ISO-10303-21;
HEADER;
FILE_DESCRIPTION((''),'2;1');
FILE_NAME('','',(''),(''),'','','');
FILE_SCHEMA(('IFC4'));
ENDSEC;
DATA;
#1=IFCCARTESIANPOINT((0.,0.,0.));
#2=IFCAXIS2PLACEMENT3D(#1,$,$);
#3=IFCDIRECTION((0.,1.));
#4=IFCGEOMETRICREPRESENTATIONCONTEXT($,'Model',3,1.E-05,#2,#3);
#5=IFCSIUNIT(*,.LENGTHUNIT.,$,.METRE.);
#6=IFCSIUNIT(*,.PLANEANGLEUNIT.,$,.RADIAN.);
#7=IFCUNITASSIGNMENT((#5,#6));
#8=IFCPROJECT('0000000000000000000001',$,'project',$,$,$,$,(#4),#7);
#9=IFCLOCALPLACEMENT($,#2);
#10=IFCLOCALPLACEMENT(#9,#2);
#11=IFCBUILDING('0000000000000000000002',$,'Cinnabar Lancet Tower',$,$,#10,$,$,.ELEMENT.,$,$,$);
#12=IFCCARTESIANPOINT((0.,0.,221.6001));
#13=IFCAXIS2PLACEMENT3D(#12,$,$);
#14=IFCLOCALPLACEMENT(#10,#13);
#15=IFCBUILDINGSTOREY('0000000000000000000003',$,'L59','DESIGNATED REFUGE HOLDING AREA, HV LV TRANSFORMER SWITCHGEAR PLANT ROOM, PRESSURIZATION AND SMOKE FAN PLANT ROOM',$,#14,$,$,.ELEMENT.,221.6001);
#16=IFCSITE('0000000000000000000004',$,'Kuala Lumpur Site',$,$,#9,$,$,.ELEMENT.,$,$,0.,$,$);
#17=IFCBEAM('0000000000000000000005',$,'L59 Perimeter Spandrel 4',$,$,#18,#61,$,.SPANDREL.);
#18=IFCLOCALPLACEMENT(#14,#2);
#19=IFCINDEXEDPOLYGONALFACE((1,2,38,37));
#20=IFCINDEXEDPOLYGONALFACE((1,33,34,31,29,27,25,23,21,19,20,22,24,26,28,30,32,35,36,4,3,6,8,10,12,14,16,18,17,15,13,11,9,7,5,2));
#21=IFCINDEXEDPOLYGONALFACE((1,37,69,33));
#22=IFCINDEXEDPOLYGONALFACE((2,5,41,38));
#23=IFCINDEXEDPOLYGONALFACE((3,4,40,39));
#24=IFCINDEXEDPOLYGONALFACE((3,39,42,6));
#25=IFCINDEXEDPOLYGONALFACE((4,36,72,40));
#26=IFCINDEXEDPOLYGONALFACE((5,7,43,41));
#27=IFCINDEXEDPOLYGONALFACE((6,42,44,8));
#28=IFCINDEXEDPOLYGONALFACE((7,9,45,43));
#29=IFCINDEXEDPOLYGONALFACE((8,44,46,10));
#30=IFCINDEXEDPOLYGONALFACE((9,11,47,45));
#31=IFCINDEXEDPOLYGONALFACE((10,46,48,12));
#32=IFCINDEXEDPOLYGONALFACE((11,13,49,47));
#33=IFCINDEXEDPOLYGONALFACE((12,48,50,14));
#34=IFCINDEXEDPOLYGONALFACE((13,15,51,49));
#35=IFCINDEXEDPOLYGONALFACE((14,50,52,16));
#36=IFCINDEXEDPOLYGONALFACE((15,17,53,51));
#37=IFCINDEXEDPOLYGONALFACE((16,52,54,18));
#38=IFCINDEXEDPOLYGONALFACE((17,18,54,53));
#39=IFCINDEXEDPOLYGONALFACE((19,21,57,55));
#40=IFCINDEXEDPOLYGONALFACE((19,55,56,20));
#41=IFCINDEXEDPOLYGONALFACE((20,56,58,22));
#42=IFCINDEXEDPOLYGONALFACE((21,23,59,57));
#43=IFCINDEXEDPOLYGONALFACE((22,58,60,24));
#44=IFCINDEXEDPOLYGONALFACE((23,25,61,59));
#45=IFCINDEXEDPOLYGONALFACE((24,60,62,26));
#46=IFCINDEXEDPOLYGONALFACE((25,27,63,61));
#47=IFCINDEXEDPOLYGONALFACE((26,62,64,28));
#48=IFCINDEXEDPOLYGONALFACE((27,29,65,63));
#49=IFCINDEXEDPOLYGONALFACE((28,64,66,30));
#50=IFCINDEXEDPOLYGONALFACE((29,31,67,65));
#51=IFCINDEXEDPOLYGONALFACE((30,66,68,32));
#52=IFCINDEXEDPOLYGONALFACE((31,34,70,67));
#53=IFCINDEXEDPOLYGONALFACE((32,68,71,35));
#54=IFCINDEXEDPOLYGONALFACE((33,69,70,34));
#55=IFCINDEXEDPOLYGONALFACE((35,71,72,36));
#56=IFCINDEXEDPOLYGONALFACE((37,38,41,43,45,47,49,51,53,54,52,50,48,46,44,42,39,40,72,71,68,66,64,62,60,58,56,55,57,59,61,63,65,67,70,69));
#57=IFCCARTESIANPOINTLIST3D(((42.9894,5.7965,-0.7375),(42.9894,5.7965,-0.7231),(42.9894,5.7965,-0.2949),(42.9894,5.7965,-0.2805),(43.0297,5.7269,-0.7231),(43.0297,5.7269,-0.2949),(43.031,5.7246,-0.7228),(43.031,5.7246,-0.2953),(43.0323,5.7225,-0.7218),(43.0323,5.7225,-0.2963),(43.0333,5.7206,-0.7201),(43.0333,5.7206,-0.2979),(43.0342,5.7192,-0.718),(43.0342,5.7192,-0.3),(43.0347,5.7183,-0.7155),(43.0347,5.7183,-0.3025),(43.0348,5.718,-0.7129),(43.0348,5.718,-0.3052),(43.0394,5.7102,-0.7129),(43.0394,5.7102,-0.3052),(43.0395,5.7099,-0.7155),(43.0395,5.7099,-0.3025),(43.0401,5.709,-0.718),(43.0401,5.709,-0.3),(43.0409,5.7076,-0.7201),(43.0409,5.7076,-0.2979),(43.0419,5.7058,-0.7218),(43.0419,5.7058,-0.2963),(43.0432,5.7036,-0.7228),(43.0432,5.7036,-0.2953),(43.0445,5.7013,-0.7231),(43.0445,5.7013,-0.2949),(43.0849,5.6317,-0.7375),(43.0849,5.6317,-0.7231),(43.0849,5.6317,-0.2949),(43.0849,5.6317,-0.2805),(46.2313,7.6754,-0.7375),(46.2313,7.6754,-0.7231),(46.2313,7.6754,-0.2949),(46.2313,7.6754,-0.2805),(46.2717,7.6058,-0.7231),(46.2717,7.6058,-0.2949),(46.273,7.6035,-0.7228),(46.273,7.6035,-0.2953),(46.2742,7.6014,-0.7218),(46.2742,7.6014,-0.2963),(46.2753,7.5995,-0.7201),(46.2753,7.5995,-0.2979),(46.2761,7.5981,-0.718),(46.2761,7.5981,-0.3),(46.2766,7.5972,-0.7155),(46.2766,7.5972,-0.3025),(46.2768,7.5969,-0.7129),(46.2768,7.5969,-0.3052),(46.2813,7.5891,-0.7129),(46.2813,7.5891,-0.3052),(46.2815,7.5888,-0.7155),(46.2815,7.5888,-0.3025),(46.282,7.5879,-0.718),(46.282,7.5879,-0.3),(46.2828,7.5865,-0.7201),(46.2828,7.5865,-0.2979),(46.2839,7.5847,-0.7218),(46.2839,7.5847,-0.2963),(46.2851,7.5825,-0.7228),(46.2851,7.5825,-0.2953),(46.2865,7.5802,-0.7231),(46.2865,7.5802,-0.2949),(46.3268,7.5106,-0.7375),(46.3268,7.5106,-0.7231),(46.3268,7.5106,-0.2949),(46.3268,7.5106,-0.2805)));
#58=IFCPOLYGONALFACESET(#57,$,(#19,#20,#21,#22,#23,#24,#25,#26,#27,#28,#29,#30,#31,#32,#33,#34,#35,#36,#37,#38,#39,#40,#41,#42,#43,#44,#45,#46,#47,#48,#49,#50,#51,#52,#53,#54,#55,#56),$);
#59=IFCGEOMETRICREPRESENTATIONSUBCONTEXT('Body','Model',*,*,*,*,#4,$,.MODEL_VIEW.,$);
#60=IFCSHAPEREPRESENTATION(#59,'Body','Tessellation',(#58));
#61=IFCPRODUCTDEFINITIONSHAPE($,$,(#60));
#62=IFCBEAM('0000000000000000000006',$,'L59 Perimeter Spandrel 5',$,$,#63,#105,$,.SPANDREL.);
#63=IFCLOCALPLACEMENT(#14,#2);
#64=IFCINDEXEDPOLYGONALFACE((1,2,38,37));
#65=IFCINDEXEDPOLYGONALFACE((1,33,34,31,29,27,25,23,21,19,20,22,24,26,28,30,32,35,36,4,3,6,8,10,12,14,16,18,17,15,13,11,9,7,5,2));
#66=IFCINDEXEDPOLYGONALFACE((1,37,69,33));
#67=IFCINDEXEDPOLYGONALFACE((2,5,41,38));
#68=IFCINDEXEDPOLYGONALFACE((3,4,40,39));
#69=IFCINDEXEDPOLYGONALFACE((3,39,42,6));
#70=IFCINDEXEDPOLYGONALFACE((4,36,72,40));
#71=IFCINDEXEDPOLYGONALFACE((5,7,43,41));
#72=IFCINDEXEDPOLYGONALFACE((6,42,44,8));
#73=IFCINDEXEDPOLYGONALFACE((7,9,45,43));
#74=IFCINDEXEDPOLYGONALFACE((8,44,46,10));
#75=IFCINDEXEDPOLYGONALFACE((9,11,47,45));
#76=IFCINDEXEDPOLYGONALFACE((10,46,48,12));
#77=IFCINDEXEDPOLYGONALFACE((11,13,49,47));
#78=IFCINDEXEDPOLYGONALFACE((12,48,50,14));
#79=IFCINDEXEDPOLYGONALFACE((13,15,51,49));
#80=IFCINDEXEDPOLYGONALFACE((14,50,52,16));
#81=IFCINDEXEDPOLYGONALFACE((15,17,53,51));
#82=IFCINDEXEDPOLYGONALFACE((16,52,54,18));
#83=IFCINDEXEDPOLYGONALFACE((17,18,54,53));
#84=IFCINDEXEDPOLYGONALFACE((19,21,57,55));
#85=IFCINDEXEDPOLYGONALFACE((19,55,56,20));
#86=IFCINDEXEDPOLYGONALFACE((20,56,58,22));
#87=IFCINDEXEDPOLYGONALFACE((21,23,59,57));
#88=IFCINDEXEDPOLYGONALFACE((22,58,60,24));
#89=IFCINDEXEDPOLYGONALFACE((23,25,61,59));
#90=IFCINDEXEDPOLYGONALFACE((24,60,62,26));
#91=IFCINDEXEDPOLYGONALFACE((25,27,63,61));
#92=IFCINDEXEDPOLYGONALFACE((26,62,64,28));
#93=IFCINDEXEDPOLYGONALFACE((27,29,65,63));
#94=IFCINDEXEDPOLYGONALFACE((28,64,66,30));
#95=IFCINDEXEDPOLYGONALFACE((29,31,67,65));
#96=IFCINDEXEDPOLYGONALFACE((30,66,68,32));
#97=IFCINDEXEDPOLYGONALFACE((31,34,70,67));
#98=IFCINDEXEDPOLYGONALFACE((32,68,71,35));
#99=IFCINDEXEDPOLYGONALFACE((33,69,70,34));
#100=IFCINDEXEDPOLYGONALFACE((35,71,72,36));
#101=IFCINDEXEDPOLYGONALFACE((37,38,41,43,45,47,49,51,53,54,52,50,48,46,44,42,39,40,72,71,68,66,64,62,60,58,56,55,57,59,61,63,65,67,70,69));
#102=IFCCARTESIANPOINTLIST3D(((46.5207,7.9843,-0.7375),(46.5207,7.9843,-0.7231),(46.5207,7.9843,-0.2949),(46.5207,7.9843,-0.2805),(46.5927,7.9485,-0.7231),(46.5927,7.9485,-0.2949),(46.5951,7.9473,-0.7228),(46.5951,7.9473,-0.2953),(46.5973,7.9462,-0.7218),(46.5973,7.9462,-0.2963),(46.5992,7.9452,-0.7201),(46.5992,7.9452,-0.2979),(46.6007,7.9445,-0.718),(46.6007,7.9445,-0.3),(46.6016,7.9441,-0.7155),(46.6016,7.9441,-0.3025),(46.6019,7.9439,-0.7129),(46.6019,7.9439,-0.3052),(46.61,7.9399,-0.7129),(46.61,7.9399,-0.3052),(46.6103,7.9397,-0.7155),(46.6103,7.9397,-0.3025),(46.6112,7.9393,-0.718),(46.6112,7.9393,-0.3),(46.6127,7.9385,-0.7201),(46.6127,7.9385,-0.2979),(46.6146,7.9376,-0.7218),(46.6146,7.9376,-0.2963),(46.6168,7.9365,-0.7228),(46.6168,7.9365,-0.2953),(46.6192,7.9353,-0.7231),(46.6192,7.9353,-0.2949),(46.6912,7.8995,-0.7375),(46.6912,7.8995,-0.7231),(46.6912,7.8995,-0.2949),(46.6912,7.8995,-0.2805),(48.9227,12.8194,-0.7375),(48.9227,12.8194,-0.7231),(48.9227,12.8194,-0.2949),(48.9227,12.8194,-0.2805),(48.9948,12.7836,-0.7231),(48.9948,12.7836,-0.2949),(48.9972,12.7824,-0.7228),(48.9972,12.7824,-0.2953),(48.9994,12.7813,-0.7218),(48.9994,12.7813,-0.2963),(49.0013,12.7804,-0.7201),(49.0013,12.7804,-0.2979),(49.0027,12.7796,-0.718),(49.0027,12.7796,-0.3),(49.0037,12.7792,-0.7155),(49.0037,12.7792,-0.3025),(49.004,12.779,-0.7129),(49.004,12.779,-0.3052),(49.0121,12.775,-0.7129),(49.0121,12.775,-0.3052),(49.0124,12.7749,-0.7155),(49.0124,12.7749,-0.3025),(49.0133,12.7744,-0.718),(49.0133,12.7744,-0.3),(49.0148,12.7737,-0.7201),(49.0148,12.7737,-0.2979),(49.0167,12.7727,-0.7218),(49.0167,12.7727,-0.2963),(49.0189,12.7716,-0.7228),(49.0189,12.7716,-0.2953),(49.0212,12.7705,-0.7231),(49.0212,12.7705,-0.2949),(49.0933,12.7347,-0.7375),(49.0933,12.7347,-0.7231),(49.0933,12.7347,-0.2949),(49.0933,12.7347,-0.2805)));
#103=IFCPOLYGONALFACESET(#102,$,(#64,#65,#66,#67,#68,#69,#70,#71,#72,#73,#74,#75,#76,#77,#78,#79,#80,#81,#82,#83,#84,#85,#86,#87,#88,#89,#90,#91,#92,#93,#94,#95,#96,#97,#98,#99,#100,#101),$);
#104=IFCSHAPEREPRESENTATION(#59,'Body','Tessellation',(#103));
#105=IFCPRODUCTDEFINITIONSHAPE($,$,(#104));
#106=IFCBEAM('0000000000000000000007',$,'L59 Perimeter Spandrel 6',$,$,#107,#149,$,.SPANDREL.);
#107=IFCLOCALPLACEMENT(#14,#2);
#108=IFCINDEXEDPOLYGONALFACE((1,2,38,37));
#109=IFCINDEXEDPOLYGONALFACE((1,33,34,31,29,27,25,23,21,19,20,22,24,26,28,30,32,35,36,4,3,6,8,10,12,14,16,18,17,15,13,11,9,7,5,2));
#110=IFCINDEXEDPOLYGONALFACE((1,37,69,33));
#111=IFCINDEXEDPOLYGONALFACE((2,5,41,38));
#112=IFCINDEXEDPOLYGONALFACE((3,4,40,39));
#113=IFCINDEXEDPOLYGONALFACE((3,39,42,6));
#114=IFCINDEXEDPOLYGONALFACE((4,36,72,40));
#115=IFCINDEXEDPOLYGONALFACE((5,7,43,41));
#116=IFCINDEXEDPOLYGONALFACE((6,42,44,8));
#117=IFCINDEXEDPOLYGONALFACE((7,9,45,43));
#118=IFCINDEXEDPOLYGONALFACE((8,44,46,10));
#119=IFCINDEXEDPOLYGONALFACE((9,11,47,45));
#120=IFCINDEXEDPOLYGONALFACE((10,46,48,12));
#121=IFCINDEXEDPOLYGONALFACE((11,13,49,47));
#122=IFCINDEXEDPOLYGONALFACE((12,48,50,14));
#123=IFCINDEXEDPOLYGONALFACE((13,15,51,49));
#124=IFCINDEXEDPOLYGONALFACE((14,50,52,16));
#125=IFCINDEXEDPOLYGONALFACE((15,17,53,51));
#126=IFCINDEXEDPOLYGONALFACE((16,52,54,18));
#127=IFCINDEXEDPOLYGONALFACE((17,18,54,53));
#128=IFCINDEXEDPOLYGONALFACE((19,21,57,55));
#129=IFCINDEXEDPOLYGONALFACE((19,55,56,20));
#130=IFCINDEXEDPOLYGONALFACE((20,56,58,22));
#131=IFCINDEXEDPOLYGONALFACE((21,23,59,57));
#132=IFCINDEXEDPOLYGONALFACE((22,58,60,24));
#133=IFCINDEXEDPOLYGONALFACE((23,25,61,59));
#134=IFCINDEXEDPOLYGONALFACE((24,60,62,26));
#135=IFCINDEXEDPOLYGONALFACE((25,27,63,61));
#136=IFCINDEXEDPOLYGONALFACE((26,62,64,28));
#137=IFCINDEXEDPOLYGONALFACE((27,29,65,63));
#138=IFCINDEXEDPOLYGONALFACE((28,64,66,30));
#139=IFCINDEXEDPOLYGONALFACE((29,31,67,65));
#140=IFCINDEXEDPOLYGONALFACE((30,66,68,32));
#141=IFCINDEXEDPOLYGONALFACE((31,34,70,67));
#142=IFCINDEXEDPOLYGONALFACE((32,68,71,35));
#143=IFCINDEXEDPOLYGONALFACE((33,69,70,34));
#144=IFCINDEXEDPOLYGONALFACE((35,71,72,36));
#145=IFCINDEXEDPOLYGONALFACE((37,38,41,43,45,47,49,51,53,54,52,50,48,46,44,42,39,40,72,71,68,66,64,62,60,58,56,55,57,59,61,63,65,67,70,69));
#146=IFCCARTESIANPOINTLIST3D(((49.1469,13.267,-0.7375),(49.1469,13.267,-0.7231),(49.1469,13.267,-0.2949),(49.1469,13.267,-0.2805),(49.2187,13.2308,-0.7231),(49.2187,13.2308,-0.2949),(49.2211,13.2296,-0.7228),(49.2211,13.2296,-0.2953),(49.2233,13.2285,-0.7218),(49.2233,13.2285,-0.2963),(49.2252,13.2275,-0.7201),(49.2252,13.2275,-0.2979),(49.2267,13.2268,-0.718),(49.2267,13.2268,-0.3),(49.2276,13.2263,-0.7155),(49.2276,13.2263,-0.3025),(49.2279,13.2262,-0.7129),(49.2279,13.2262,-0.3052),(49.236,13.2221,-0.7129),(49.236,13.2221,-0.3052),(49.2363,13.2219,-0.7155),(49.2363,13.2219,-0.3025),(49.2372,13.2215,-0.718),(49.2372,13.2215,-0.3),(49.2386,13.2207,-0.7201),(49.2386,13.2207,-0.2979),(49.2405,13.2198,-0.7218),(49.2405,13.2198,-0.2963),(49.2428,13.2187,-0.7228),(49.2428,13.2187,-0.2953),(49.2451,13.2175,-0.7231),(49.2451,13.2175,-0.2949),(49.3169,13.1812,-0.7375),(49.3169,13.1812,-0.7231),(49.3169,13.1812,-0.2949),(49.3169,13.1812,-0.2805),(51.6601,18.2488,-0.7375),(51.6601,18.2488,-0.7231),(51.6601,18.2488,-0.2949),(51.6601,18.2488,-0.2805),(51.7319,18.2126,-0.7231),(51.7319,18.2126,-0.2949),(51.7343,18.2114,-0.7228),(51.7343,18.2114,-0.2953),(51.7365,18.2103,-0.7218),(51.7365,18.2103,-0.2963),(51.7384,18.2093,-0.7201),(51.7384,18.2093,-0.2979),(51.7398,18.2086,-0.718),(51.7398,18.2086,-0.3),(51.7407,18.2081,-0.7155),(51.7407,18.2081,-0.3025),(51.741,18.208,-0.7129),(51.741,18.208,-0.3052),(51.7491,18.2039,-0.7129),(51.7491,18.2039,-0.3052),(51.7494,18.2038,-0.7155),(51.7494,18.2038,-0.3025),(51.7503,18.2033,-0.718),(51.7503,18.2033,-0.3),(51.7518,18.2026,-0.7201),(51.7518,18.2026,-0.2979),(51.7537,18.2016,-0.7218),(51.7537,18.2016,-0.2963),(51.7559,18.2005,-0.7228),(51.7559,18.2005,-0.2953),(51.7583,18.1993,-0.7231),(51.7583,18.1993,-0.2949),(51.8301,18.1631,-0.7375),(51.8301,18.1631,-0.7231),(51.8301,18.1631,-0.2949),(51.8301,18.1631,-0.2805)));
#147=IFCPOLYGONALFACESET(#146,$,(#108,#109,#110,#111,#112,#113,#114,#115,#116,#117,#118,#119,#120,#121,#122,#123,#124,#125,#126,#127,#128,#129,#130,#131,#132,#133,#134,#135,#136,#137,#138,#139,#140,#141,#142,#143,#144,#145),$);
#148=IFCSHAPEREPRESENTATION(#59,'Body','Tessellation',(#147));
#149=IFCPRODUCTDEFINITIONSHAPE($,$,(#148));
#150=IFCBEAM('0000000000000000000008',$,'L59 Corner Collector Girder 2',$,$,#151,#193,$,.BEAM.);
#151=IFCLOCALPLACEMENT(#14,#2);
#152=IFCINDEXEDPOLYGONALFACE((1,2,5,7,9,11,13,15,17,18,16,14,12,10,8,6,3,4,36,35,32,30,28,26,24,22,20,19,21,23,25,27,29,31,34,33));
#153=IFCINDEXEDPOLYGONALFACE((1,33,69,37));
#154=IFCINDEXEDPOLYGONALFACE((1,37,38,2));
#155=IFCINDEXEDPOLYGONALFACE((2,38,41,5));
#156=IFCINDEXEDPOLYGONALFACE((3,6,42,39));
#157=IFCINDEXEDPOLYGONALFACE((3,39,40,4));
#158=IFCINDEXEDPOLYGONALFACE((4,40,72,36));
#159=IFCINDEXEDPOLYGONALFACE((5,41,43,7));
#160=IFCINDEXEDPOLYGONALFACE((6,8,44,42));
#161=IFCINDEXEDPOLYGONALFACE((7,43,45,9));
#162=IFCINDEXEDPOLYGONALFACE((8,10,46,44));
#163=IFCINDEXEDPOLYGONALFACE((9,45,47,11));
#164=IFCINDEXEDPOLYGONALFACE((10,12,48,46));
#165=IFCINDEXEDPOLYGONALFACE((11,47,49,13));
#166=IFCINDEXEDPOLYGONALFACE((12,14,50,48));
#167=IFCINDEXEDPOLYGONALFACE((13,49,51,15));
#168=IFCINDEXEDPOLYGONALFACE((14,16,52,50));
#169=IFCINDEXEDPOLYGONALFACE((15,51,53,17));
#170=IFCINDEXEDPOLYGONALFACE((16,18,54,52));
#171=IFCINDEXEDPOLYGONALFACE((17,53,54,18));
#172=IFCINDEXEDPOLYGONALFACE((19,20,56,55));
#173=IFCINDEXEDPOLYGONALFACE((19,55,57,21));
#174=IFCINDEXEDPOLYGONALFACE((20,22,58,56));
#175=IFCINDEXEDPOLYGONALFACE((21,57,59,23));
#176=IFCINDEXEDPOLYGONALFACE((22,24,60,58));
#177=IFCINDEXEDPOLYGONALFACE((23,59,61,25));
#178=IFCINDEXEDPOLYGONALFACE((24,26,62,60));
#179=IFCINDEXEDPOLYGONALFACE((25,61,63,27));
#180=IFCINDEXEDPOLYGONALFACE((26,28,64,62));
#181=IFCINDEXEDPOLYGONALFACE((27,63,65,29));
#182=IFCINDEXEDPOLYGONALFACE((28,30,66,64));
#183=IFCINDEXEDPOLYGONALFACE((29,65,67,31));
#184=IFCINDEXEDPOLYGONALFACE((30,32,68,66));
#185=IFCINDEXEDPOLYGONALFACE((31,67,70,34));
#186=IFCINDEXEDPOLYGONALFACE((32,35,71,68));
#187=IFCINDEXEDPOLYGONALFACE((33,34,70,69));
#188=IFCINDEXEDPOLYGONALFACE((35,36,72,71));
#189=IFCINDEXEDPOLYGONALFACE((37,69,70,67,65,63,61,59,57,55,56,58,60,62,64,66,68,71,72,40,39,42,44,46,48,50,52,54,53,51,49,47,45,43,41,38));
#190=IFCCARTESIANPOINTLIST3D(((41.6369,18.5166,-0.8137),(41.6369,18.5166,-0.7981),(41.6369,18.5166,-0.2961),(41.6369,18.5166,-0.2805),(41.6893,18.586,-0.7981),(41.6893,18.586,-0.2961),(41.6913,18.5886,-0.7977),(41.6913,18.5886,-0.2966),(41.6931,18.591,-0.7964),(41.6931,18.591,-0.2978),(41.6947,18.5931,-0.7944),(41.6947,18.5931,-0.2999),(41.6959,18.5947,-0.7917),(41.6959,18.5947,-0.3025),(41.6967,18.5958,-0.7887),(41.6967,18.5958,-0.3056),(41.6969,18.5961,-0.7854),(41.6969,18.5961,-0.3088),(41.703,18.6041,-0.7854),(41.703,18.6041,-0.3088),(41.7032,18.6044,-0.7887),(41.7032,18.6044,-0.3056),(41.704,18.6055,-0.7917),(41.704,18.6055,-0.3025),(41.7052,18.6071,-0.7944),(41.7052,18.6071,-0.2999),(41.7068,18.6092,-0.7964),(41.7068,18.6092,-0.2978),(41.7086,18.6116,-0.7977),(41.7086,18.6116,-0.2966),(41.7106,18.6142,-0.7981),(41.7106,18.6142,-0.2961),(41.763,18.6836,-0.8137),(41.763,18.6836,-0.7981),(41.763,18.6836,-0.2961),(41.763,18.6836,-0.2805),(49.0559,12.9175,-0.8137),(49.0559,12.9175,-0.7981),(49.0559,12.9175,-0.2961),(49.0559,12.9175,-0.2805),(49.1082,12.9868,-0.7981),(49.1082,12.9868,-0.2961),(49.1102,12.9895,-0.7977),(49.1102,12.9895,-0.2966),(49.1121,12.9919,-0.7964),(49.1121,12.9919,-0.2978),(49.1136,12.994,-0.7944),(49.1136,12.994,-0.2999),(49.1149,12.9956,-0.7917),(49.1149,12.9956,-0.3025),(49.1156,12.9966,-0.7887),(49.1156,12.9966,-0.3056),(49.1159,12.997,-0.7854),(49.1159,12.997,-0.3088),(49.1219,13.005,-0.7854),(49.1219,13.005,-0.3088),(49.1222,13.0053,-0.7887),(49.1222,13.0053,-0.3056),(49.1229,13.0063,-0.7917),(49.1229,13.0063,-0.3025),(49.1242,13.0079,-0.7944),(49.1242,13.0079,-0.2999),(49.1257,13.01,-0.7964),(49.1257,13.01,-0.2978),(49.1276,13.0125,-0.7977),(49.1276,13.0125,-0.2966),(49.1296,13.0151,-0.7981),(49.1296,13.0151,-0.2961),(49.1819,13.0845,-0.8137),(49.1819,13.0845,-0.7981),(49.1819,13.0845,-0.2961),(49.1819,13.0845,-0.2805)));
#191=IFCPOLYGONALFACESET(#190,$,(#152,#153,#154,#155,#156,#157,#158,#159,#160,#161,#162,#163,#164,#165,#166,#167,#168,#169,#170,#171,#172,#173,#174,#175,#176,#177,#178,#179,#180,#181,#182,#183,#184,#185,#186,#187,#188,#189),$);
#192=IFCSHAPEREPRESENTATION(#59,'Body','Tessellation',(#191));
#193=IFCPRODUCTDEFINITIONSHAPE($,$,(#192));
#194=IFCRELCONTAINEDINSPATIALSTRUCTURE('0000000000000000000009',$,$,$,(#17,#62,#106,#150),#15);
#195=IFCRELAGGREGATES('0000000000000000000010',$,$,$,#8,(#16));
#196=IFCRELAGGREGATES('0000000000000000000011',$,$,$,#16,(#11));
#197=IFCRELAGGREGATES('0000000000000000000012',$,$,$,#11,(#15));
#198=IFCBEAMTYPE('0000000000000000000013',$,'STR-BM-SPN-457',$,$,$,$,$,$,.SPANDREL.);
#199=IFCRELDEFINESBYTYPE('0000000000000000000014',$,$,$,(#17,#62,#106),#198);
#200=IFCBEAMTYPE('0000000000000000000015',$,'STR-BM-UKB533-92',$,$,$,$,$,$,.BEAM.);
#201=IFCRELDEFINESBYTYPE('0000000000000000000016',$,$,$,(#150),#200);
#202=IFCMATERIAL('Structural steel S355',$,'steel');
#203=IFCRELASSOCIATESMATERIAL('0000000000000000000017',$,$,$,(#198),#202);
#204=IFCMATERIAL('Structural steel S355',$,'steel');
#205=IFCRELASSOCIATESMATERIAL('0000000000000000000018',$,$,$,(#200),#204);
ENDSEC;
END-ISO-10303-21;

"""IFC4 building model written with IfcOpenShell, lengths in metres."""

from ifc_helpers import new_model, si_unit, direction, frame, origin, origin_2d, place, context, subcontext, project, spatial, i_section, extrude, material, material_profile, profile_set, type_object, element, save


model = new_model("IFC4")

# Units and contexts
model_context = context("Model", 3, precision=1e-05, world=origin(), true_north=direction((0.0, 1.0)))
body_context = subcontext(model_context, "Body", "Model", "MODEL_VIEW")
ifc_project = project(units=[si_unit("LENGTHUNIT", "METRE"), si_unit("PLANEANGLEUNIT", "RADIAN")], contexts=[model_context])

# Site, building, storey
site_placement = place(None, origin())
site = spatial("IfcSite", under=ifc_project, at=site_placement, Name="Kuala Lumpur Site", CompositionType="ELEMENT", RefElevation=0.0)
building_placement = place(site_placement, origin())
building = spatial("IfcBuilding", under=site, at=building_placement, Name="Cinnabar Lancet Tower", CompositionType="ELEMENT")
storey_placement = place(building_placement, frame((0.0, 0.0, 221.6001)))
storey = spatial("IfcBuildingStorey", under=building, at=storey_placement, Name="L59", Description="DESIGNATED REFUGE HOLDING AREA, HV LV TRANSFORMER SWITCHGEAR PLANT ROOM, PRESSURIZATION AND SMOKE FAN PLANT ROOM", CompositionType="ELEMENT", Elevation=221.6001)

# Beams
ifc_material_1 = material(Name="Structural steel S355", Category="steel")
ifc_material_profile_1 = material_profile(ifc_material_1, i_section(OverallWidth=0.1904, OverallDepth=0.457, WebThickness=0.009, FlangeThickness=0.0144, FilletRadius=0.0103, at=origin_2d()), Name="UKB 457x191x74")
ifc_profile_set_1 = profile_set([ifc_material_profile_1], Name="Structural steel S355")
beam_type_1 = type_object("IfcBeamType", Name="STR-BM-SPN-457", PredefinedType="SPANDREL", material=ifc_profile_set_1)
beam_1_placement = place(storey_placement, frame((43.0371, 5.7141, -0.509), z_axis=(0.865196, 0.501434, 0.0), x_axis=(-0.501434, 0.865196, 0.0)))
element("IfcBeam", 1, at=beam_1_placement, inside=storey, type_object=beam_type_1, Name="L59 Perimeter Spandrel 4", PredefinedType="SPANDREL", context=body_context, shape_type="SweptSolid", body=[
    extrude(i_section(OverallWidth=0.1904, OverallDepth=0.457, WebThickness=0.009, FlangeThickness=0.0144, FilletRadius=0.0103, at=origin_2d()), origin(), (0.0, 0.0, 1.0), 3.7471),
])
beam_2_placement = place(storey_placement, frame((46.606, 7.9419, -0.509), z_axis=(0.444915, 0.895573, 0.0), x_axis=(-0.895573, 0.444915, 0.0)))
element("IfcBeam", 2, at=beam_2_placement, inside=storey, type_object=beam_type_1, Name="L59 Perimeter Spandrel 5", PredefinedType="SPANDREL", context=body_context, shape_type="SweptSolid", body=[
    extrude(i_section(OverallWidth=0.1904, OverallDepth=0.457, WebThickness=0.009, FlangeThickness=0.0144, FilletRadius=0.0103, at=origin_2d()), origin(), (0.0, 0.0, 1.0), 5.3989),
])
beam_3_placement = place(storey_placement, frame((49.2319, 13.2241, -0.509), z_axis=(0.450396, 0.892829, 0.0), x_axis=(-0.892829, 0.450396, 0.0)))
element("IfcBeam", 3, at=beam_3_placement, inside=storey, type_object=beam_type_1, Name="L59 Perimeter Spandrel 6", PredefinedType="SPANDREL", context=body_context, shape_type="SweptSolid", body=[
    extrude(i_section(OverallWidth=0.1904, OverallDepth=0.457, WebThickness=0.009, FlangeThickness=0.0144, FilletRadius=0.0103, at=origin_2d()), origin(), (0.0, 0.0, 1.0), 5.5798),
])
ifc_material_2 = material(Name="Structural steel S355", Category="steel")
ifc_material_profile_2 = material_profile(ifc_material_2, i_section(OverallWidth=0.2092, OverallDepth=0.5332, WebThickness=0.01, FlangeThickness=0.0156, FilletRadius=0.0127, at=origin_2d()), Name="UKB 533x210x92")
ifc_profile_set_2 = profile_set([ifc_material_profile_2], Name="Structural steel S355")
beam_type_2 = type_object("IfcBeamType", Name="STR-BM-UKB533-92", PredefinedType="BEAM", material=ifc_profile_set_2)
beam_4_placement = place(storey_placement, frame((49.1189, 13.001, -0.5471), z_axis=(-0.798193, 0.602401, 0.0), x_axis=(-0.602401, -0.798193, 0.0)))
element("IfcBeam", 4, at=beam_4_placement, inside=storey, type_object=beam_type_2, Name="L59 Corner Collector Girder 2", PredefinedType="BEAM", context=body_context, shape_type="SweptSolid", body=[
    extrude(i_section(OverallWidth=0.2092, OverallDepth=0.5332, WebThickness=0.01, FlangeThickness=0.0156, FilletRadius=0.0127, at=origin_2d()), origin(), (0.0, 0.0, 1.0), 9.2947),
])

save(model, "model.ifc")
